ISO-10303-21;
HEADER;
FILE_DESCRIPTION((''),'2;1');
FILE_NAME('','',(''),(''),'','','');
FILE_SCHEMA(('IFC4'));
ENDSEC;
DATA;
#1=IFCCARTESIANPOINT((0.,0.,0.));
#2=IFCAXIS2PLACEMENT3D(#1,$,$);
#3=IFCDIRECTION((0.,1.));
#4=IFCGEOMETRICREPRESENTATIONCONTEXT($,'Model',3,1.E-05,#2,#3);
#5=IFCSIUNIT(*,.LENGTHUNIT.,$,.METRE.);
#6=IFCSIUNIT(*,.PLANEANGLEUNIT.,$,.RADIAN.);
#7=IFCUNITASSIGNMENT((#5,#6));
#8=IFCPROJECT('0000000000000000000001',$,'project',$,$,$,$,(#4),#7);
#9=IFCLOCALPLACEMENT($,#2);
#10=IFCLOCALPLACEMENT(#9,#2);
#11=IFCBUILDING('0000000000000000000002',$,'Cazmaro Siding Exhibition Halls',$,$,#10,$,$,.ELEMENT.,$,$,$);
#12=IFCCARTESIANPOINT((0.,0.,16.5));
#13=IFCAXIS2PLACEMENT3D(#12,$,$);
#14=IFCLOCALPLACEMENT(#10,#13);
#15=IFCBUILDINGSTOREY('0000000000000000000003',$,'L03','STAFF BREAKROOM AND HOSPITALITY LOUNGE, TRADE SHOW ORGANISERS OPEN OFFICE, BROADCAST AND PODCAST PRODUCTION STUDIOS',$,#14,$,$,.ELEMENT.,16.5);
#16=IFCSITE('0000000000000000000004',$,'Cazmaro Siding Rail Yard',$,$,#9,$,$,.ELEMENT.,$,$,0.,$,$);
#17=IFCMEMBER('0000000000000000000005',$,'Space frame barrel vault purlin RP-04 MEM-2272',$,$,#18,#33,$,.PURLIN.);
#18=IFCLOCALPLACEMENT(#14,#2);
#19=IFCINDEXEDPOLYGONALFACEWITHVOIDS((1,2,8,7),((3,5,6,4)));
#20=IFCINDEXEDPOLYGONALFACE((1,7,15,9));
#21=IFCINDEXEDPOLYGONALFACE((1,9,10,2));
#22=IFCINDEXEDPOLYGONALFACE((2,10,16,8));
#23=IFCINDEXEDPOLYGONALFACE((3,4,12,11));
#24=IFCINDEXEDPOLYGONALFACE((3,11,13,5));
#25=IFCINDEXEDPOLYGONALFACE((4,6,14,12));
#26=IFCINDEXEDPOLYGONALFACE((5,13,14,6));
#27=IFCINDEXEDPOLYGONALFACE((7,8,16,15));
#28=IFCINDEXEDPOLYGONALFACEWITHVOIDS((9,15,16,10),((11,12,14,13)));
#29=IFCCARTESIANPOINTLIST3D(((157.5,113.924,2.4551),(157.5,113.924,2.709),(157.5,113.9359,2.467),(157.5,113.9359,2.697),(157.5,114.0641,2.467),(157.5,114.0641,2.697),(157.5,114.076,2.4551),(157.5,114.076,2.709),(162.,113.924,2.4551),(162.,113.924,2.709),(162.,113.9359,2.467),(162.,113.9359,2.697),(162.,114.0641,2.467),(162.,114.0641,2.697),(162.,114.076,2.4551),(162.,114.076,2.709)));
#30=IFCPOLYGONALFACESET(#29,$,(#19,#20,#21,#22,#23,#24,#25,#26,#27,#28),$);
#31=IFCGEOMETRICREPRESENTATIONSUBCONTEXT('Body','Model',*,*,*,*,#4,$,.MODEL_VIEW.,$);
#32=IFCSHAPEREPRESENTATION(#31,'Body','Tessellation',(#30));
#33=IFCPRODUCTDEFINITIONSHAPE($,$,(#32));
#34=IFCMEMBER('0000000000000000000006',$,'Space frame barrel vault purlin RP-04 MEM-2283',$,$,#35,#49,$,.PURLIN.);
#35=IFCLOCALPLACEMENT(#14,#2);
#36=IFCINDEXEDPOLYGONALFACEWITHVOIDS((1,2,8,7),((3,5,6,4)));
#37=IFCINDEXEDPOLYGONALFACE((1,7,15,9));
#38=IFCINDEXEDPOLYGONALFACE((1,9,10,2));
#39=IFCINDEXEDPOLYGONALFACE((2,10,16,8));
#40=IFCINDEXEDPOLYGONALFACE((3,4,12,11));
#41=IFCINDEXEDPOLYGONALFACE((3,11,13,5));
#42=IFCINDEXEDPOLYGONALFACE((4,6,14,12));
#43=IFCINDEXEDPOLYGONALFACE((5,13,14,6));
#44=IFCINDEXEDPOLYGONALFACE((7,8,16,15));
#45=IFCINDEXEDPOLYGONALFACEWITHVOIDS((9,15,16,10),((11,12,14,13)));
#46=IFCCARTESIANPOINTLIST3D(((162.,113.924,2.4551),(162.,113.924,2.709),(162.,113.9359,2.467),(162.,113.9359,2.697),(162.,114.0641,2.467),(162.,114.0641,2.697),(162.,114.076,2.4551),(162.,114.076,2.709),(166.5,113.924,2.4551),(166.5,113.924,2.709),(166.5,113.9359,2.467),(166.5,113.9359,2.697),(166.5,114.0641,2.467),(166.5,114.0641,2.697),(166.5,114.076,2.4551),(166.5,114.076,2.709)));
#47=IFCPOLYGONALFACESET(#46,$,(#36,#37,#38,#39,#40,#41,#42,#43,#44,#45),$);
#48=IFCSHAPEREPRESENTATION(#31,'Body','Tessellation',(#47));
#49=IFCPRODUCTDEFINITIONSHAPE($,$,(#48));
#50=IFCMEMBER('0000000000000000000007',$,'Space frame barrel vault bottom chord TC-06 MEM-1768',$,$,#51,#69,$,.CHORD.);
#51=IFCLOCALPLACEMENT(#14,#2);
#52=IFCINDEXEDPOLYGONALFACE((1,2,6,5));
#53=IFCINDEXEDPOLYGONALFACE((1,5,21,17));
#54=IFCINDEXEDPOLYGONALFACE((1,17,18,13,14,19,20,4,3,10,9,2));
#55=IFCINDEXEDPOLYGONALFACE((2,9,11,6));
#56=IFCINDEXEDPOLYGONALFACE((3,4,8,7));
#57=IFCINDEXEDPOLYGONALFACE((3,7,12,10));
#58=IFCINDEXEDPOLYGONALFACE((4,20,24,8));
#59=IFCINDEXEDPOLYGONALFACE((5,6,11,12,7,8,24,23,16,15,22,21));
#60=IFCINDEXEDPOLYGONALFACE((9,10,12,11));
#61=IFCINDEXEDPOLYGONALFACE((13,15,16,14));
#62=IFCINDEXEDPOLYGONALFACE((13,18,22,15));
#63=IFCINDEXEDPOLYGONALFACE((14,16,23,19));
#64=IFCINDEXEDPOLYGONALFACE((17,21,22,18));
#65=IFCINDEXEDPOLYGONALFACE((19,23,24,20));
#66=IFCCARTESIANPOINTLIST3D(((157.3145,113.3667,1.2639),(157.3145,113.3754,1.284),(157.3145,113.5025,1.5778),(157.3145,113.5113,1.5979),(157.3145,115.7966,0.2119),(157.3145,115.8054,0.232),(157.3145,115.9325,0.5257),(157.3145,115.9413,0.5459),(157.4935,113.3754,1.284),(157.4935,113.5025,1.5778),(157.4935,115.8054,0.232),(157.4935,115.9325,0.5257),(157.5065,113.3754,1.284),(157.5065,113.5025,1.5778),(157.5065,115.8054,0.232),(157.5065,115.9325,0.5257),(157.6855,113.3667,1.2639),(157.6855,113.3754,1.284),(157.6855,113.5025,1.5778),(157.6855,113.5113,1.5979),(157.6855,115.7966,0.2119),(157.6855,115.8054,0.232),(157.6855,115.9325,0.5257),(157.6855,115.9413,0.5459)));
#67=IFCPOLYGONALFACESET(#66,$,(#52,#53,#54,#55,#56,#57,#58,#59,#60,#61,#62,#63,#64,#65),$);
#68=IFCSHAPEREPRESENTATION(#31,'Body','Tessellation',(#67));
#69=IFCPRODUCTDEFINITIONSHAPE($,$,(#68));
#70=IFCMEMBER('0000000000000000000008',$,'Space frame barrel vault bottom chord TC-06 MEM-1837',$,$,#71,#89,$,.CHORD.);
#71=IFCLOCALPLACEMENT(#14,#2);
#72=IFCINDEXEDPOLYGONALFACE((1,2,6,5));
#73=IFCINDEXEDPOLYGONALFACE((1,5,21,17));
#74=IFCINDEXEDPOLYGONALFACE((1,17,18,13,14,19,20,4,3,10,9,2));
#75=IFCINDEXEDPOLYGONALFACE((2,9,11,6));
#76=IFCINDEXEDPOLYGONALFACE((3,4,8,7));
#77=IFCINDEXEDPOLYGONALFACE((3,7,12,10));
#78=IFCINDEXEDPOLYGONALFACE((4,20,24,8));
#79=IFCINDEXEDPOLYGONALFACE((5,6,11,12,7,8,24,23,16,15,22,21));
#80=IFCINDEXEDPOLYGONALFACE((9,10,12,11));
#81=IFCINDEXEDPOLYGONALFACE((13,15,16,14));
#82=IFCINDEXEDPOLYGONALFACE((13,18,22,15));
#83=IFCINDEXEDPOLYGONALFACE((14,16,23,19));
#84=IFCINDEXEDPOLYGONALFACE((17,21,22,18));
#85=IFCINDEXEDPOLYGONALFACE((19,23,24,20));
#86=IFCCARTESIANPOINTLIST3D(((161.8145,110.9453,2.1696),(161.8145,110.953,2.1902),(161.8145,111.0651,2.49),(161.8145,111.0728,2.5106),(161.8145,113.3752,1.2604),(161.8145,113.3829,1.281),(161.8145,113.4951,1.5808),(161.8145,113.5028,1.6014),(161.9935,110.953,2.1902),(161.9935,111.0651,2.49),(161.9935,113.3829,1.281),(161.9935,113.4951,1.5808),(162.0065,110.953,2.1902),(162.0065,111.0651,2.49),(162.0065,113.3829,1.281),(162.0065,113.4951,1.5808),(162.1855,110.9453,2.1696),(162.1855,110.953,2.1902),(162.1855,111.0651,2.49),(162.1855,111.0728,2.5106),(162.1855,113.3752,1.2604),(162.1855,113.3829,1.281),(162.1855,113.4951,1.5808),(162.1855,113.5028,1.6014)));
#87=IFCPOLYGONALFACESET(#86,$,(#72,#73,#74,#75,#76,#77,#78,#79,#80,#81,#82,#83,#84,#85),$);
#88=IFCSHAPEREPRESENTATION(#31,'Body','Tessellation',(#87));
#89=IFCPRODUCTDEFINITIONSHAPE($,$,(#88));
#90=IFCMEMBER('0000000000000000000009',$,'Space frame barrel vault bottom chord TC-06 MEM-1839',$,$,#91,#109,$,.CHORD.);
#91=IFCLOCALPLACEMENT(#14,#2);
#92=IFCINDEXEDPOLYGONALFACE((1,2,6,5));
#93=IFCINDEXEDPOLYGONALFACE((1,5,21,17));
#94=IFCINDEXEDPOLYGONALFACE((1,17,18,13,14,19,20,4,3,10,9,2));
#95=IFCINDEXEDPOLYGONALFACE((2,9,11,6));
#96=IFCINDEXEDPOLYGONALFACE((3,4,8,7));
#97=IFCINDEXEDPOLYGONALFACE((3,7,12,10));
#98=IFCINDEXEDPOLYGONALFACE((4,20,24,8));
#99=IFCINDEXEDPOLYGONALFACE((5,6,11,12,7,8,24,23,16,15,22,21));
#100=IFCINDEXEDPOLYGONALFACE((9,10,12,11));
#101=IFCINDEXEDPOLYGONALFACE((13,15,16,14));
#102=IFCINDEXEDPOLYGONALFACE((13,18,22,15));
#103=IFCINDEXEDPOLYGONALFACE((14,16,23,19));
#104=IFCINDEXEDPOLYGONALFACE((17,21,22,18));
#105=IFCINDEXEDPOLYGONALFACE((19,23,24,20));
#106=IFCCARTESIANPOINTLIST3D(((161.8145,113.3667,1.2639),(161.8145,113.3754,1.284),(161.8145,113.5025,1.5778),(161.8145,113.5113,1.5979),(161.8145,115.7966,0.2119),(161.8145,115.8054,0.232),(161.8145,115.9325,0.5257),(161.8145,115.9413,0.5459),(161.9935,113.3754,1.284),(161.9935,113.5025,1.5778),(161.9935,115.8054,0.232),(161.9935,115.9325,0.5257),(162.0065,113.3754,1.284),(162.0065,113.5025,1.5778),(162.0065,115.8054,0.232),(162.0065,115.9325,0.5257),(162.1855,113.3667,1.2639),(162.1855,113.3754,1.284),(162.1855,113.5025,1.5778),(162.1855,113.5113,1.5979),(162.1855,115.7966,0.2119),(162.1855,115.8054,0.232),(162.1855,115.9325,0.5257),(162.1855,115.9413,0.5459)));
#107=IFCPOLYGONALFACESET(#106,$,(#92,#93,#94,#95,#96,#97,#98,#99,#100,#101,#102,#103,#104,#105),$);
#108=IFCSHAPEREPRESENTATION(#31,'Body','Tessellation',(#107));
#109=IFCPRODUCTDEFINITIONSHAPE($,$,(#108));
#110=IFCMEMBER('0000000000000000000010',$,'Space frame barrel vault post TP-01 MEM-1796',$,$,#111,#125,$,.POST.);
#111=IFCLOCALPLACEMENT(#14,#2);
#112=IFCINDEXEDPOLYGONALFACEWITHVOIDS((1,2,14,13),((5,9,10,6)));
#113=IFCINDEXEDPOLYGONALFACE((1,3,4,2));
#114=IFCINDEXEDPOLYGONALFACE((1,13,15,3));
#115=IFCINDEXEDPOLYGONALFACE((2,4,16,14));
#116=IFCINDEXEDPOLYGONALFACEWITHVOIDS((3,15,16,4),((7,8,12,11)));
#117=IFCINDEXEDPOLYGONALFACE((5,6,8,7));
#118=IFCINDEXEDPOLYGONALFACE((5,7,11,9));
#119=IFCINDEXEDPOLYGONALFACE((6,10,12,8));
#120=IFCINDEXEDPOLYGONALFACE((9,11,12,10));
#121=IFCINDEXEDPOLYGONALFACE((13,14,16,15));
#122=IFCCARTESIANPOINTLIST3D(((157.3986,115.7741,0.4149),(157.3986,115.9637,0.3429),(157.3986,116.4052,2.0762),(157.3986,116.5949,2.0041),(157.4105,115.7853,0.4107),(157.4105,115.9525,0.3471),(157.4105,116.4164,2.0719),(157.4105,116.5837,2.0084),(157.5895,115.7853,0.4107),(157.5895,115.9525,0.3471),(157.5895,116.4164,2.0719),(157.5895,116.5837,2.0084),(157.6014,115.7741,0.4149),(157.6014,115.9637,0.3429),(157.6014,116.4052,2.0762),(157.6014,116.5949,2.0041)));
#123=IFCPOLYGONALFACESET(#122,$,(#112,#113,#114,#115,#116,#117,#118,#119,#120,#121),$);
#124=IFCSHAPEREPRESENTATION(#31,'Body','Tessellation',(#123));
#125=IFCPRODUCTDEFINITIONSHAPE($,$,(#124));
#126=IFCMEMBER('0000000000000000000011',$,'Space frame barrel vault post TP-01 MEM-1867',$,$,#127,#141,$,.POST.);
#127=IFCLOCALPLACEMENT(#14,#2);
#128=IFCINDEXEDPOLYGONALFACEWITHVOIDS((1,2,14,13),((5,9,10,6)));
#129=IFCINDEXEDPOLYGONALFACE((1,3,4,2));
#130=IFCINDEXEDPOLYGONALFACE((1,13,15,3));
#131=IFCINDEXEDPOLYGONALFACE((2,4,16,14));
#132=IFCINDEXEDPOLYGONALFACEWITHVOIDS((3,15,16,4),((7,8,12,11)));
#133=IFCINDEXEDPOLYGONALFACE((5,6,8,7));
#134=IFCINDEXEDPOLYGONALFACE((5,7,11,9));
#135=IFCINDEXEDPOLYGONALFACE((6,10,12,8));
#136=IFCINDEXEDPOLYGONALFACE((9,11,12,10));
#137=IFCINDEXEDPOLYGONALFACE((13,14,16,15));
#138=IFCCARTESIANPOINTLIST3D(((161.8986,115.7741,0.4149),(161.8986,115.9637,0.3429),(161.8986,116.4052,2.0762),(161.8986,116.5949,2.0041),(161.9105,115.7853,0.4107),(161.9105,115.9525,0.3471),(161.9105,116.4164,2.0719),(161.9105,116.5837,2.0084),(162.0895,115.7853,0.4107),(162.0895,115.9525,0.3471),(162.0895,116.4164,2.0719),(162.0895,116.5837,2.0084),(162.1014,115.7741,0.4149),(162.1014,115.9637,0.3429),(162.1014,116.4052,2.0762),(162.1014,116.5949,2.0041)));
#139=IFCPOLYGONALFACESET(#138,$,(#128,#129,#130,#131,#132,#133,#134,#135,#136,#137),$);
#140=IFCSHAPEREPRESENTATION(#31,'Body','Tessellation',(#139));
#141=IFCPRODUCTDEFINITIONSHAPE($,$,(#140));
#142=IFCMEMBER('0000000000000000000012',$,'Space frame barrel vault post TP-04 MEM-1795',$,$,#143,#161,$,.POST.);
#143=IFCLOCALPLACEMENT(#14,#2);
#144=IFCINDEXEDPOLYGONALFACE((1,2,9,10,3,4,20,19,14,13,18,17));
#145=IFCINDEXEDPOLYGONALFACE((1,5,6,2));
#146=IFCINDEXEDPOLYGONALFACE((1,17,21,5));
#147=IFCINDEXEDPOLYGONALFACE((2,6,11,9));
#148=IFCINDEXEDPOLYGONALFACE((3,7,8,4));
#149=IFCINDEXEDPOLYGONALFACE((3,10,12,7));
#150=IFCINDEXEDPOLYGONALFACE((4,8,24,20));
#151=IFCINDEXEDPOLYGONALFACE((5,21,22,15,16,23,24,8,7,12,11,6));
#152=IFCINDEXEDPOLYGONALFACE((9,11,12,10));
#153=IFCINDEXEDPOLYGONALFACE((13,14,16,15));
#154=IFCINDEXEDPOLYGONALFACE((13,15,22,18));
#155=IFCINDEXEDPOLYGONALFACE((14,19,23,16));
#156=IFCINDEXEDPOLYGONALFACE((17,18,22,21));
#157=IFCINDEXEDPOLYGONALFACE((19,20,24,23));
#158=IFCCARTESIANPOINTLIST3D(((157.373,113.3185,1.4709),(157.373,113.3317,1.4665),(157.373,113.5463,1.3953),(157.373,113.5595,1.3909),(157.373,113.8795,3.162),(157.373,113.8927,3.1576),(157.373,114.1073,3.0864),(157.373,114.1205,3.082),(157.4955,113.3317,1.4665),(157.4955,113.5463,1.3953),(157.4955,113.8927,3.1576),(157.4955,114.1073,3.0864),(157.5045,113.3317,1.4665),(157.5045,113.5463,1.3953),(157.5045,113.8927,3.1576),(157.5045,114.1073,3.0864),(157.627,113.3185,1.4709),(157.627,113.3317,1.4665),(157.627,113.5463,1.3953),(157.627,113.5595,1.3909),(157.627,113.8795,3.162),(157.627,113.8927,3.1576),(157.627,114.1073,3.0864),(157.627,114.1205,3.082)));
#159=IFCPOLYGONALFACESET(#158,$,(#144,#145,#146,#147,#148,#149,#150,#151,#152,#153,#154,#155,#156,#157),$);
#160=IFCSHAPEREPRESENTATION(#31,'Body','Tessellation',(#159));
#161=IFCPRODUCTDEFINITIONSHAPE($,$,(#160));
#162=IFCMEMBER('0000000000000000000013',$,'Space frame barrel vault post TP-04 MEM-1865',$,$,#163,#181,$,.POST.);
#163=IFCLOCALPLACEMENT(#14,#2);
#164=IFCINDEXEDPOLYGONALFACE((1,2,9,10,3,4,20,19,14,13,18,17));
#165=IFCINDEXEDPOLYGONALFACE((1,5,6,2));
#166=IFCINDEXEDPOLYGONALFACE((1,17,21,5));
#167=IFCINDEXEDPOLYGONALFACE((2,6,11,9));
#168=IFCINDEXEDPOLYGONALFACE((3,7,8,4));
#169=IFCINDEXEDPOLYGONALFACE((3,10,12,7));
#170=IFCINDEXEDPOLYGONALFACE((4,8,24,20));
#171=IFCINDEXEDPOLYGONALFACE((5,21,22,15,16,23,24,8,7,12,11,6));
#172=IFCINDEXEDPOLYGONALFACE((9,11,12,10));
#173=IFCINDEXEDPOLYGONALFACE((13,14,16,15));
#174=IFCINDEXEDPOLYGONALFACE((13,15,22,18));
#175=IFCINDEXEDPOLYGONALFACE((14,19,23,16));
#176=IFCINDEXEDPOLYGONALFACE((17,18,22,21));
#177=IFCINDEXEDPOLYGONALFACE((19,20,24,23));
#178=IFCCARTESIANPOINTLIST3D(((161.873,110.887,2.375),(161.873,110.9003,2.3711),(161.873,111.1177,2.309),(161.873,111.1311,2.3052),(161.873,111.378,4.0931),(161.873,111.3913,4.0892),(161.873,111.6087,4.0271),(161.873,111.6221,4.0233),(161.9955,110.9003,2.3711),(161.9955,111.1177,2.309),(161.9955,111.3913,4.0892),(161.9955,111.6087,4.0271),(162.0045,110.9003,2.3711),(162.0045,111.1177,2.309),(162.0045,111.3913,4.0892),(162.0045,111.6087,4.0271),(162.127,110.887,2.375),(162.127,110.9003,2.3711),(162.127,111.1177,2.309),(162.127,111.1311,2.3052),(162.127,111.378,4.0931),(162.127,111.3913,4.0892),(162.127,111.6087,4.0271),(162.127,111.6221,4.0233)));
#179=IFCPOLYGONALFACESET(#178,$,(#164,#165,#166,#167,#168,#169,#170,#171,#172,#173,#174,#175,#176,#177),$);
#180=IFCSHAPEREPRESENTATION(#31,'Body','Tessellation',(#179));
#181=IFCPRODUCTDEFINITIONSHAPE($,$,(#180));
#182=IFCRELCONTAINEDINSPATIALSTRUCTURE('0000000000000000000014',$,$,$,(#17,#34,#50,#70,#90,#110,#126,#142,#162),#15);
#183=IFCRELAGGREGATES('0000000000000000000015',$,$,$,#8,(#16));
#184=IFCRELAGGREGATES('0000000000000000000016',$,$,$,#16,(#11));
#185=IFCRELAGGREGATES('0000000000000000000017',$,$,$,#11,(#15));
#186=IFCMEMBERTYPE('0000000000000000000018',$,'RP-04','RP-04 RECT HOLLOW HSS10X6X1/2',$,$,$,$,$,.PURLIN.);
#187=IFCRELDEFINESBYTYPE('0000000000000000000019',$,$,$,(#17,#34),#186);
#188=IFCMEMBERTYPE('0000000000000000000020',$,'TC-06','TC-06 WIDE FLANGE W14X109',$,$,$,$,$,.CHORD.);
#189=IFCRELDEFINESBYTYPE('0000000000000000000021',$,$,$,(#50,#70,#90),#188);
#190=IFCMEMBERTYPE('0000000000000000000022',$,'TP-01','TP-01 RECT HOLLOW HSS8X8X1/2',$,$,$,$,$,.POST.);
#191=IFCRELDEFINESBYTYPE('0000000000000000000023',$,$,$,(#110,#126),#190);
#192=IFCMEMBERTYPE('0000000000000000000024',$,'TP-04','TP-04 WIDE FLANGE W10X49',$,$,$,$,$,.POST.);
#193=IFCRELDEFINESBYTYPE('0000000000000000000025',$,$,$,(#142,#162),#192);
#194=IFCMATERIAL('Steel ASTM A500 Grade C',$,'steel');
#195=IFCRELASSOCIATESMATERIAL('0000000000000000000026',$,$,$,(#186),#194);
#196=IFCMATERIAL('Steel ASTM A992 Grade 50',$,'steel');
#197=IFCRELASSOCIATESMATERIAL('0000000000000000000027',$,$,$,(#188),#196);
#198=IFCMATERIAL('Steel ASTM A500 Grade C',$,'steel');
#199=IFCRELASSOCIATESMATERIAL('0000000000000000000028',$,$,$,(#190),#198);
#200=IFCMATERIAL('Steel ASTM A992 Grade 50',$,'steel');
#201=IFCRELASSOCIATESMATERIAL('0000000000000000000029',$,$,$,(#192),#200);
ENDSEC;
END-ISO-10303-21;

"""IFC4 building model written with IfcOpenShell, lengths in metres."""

from ifc_helpers import new_model, si_unit, direction, frame, origin, origin_2d, place, context, subcontext, project, spatial, hollow_rectangle, i_section, extrude, material, material_profile, profile_set, type_object, element, save


model = new_model("IFC4")

# Units and contexts
model_context = context("Model", 3, precision=1e-05, world=origin(), true_north=direction((0.0, 1.0)))
body_context = subcontext(model_context, "Body", "Model", "MODEL_VIEW")
ifc_project = project(units=[si_unit("LENGTHUNIT", "METRE"), si_unit("PLANEANGLEUNIT", "RADIAN")], contexts=[model_context])

# Site, building, storey
site_placement = place(None, origin())
site = spatial("IfcSite", under=ifc_project, at=site_placement, Name="Cazmaro Siding Rail Yard", CompositionType="ELEMENT", RefElevation=0.0)
building_placement = place(site_placement, origin())
building = spatial("IfcBuilding", under=site, at=building_placement, Name="Cazmaro Siding Exhibition Halls", CompositionType="ELEMENT")
storey_placement = place(building_placement, frame((0.0, 0.0, 16.5)))
storey = spatial("IfcBuildingStorey", under=building, at=storey_placement, Name="L03", Description="STAFF BREAKROOM AND HOSPITALITY LOUNGE, TRADE SHOW ORGANISERS OPEN OFFICE, BROADCAST AND PODCAST PRODUCTION STUDIOS", CompositionType="ELEMENT", Elevation=16.5)

# Members
ifc_material_1 = material(Name="Steel ASTM A500 Grade C", Category="steel")
ifc_material_profile_1 = material_profile(ifc_material_1, hollow_rectangle(XDim=0.1521, YDim=0.2539, WallThickness=0.012, at=origin_2d()), Name="HSS10X6X1/2")
ifc_profile_set_1 = profile_set([ifc_material_profile_1], Name="Steel ASTM A500 Grade C")
member_type_1 = type_object("IfcMemberType", Name="RP-04", Description="RP-04 RECT HOLLOW HSS10X6X1/2", PredefinedType="PURLIN", material=ifc_profile_set_1)
for number, where, z_axis, x_axis, name in (
    (1, (157.5, 114.0, 2.582), (1.0, 0.0, 0.0), (0.0, 1.0, 0.0), "Space frame barrel vault purlin RP-04 MEM-2272"),
    (2, (162.0, 114.0, 2.582), (1.0, 0.0, 0.0), (0.0, 1.0, 0.0), "Space frame barrel vault purlin RP-04 MEM-2283"),
):
    element("IfcMember", number, at=place(storey_placement, frame(where, z_axis=z_axis, x_axis=x_axis)), inside=storey, type_object=member_type_1, Name=name, PredefinedType="PURLIN", context=body_context, shape_type="SweptSolid", body=[
        extrude(hollow_rectangle(XDim=0.1521, YDim=0.2539, WallThickness=0.012, at=origin_2d()), origin(), (0.0, 0.0, 1.0), 4.5),
    ])
ifc_material_2 = material(Name="Steel ASTM A992 Grade 50", Category="steel")
ifc_material_profile_2 = material_profile(ifc_material_2, i_section(OverallWidth=0.3711, OverallDepth=0.364, WebThickness=0.0129, FlangeThickness=0.022, at=origin_2d()), Name="W14X109")
ifc_profile_set_2 = profile_set([ifc_material_profile_2], Name="Steel ASTM A992 Grade 50")
member_type_2 = type_object("IfcMemberType", Name="TC-06", Description="TC-06 WIDE FLANGE W14X109", PredefinedType="CHORD", material=ifc_profile_set_2)
member_1_placement = place(storey_placement, frame((157.5, 113.439, 1.4309), z_axis=(0.0, 0.917689, -0.397299), x_axis=(-1.0, 0.0, 0.0)))
element("IfcMember", 3, at=member_1_placement, inside=storey, type_object=member_type_2, Name="Space frame barrel vault bottom chord TC-06 MEM-1768", PredefinedType="CHORD", context=body_context, shape_type="SweptSolid", body=[
    extrude(i_section(OverallWidth=0.3711, OverallDepth=0.364, WebThickness=0.0129, FlangeThickness=0.022, at=origin_2d()), origin(), (0.0, 0.0, 1.0), 2.6479),
])
member_2_placement = place(storey_placement, frame((162.0, 111.009, 2.3401), z_axis=(0.0, 0.936588, -0.350432), x_axis=(-1.0, 0.0, 0.0)))
element("IfcMember", 4, at=member_2_placement, inside=storey, type_object=member_type_2, Name="Space frame barrel vault bottom chord TC-06 MEM-1837", PredefinedType="CHORD", context=body_context, shape_type="SweptSolid", body=[
    extrude(i_section(OverallWidth=0.3711, OverallDepth=0.364, WebThickness=0.0129, FlangeThickness=0.022, at=origin_2d()), origin(), (0.0, 0.0, 1.0), 2.5945),
])
member_3_placement = place(storey_placement, frame((162.0, 113.439, 1.4309), z_axis=(0.0, 0.917689, -0.397299), x_axis=(-1.0, 0.0, 0.0)))
element("IfcMember", 5, at=member_3_placement, inside=storey, type_object=member_type_2, Name="Space frame barrel vault bottom chord TC-06 MEM-1839", PredefinedType="CHORD", context=body_context, shape_type="SweptSolid", body=[
    extrude(i_section(OverallWidth=0.3711, OverallDepth=0.364, WebThickness=0.0129, FlangeThickness=0.022, at=origin_2d()), origin(), (0.0, 0.0, 1.0), 2.6479),
])
ifc_material_3 = material(Name="Steel ASTM A500 Grade C", Category="steel")
ifc_material_profile_3 = material_profile(ifc_material_3, hollow_rectangle(XDim=0.2029, YDim=0.2029, WallThickness=0.012, at=origin_2d()), Name="HSS8X8X1/2")
ifc_profile_set_3 = profile_set([ifc_material_profile_3], Name="Steel ASTM A500 Grade C")
member_type_3 = type_object("IfcMemberType", Name="TP-01", Description="TP-01 RECT HOLLOW HSS8X8X1/2", PredefinedType="POST", material=ifc_profile_set_3)
for number, where, z_axis, x_axis, name in (
    (6, (157.5, 115.8689, 0.3789), (0.0, 0.355155, 0.934807), (-1.0, 0.0, 0.0), "Space frame barrel vault post TP-01 MEM-1796"),
    (7, (162.0, 115.8689, 0.3789), (0.0, 0.355155, 0.934807), (-1.0, 0.0, 0.0), "Space frame barrel vault post TP-01 MEM-1867"),
):
    element("IfcMember", number, at=place(storey_placement, frame(where, z_axis=z_axis, x_axis=x_axis)), inside=storey, type_object=member_type_3, Name=name, PredefinedType="POST", context=body_context, shape_type="SweptSolid", body=[
        extrude(hollow_rectangle(XDim=0.2029, YDim=0.2029, WallThickness=0.012, at=origin_2d()), origin(), (0.0, 0.0, 1.0), 1.7771),
    ])
ifc_material_4 = material(Name="Steel ASTM A992 Grade 50", Category="steel")
ifc_material_profile_4 = material_profile(ifc_material_4, i_section(OverallWidth=0.2539, OverallDepth=0.2539, WebThickness=0.009, FlangeThickness=0.0139, at=origin_2d()), Name="W10X49")
ifc_profile_set_4 = profile_set([ifc_material_profile_4], Name="Steel ASTM A992 Grade 50")
member_type_4 = type_object("IfcMemberType", Name="TP-04", Description="TP-04 WIDE FLANGE W10X49", PredefinedType="POST", material=ifc_profile_set_4)
member_4_placement = place(storey_placement, frame((157.5, 113.439, 1.4309), z_axis=(0.0, 0.314871, 0.949134), x_axis=(-1.0, 0.0, 0.0)))
element("IfcMember", 8, at=member_4_placement, inside=storey, type_object=member_type_4, Name="Space frame barrel vault post TP-04 MEM-1795", PredefinedType="POST", context=body_context, shape_type="SweptSolid", body=[
    extrude(i_section(OverallWidth=0.2539, OverallDepth=0.2539, WebThickness=0.009, FlangeThickness=0.0139, at=origin_2d()), origin(), (0.0, 0.0, 1.0), 1.7817),
])
member_5_placement = place(storey_placement, frame((162.0, 111.009, 2.3401), z_axis=(0.0, 0.274775, 0.961508), x_axis=(-1.0, 0.0, 0.0)))
element("IfcMember", 9, at=member_5_placement, inside=storey, type_object=member_type_4, Name="Space frame barrel vault post TP-04 MEM-1865", PredefinedType="POST", context=body_context, shape_type="SweptSolid", body=[
    extrude(i_section(OverallWidth=0.2539, OverallDepth=0.2539, WebThickness=0.009, FlangeThickness=0.0139, at=origin_2d()), origin(), (0.0, 0.0, 1.0), 1.7869),
])

save(model, "model.ifc")
